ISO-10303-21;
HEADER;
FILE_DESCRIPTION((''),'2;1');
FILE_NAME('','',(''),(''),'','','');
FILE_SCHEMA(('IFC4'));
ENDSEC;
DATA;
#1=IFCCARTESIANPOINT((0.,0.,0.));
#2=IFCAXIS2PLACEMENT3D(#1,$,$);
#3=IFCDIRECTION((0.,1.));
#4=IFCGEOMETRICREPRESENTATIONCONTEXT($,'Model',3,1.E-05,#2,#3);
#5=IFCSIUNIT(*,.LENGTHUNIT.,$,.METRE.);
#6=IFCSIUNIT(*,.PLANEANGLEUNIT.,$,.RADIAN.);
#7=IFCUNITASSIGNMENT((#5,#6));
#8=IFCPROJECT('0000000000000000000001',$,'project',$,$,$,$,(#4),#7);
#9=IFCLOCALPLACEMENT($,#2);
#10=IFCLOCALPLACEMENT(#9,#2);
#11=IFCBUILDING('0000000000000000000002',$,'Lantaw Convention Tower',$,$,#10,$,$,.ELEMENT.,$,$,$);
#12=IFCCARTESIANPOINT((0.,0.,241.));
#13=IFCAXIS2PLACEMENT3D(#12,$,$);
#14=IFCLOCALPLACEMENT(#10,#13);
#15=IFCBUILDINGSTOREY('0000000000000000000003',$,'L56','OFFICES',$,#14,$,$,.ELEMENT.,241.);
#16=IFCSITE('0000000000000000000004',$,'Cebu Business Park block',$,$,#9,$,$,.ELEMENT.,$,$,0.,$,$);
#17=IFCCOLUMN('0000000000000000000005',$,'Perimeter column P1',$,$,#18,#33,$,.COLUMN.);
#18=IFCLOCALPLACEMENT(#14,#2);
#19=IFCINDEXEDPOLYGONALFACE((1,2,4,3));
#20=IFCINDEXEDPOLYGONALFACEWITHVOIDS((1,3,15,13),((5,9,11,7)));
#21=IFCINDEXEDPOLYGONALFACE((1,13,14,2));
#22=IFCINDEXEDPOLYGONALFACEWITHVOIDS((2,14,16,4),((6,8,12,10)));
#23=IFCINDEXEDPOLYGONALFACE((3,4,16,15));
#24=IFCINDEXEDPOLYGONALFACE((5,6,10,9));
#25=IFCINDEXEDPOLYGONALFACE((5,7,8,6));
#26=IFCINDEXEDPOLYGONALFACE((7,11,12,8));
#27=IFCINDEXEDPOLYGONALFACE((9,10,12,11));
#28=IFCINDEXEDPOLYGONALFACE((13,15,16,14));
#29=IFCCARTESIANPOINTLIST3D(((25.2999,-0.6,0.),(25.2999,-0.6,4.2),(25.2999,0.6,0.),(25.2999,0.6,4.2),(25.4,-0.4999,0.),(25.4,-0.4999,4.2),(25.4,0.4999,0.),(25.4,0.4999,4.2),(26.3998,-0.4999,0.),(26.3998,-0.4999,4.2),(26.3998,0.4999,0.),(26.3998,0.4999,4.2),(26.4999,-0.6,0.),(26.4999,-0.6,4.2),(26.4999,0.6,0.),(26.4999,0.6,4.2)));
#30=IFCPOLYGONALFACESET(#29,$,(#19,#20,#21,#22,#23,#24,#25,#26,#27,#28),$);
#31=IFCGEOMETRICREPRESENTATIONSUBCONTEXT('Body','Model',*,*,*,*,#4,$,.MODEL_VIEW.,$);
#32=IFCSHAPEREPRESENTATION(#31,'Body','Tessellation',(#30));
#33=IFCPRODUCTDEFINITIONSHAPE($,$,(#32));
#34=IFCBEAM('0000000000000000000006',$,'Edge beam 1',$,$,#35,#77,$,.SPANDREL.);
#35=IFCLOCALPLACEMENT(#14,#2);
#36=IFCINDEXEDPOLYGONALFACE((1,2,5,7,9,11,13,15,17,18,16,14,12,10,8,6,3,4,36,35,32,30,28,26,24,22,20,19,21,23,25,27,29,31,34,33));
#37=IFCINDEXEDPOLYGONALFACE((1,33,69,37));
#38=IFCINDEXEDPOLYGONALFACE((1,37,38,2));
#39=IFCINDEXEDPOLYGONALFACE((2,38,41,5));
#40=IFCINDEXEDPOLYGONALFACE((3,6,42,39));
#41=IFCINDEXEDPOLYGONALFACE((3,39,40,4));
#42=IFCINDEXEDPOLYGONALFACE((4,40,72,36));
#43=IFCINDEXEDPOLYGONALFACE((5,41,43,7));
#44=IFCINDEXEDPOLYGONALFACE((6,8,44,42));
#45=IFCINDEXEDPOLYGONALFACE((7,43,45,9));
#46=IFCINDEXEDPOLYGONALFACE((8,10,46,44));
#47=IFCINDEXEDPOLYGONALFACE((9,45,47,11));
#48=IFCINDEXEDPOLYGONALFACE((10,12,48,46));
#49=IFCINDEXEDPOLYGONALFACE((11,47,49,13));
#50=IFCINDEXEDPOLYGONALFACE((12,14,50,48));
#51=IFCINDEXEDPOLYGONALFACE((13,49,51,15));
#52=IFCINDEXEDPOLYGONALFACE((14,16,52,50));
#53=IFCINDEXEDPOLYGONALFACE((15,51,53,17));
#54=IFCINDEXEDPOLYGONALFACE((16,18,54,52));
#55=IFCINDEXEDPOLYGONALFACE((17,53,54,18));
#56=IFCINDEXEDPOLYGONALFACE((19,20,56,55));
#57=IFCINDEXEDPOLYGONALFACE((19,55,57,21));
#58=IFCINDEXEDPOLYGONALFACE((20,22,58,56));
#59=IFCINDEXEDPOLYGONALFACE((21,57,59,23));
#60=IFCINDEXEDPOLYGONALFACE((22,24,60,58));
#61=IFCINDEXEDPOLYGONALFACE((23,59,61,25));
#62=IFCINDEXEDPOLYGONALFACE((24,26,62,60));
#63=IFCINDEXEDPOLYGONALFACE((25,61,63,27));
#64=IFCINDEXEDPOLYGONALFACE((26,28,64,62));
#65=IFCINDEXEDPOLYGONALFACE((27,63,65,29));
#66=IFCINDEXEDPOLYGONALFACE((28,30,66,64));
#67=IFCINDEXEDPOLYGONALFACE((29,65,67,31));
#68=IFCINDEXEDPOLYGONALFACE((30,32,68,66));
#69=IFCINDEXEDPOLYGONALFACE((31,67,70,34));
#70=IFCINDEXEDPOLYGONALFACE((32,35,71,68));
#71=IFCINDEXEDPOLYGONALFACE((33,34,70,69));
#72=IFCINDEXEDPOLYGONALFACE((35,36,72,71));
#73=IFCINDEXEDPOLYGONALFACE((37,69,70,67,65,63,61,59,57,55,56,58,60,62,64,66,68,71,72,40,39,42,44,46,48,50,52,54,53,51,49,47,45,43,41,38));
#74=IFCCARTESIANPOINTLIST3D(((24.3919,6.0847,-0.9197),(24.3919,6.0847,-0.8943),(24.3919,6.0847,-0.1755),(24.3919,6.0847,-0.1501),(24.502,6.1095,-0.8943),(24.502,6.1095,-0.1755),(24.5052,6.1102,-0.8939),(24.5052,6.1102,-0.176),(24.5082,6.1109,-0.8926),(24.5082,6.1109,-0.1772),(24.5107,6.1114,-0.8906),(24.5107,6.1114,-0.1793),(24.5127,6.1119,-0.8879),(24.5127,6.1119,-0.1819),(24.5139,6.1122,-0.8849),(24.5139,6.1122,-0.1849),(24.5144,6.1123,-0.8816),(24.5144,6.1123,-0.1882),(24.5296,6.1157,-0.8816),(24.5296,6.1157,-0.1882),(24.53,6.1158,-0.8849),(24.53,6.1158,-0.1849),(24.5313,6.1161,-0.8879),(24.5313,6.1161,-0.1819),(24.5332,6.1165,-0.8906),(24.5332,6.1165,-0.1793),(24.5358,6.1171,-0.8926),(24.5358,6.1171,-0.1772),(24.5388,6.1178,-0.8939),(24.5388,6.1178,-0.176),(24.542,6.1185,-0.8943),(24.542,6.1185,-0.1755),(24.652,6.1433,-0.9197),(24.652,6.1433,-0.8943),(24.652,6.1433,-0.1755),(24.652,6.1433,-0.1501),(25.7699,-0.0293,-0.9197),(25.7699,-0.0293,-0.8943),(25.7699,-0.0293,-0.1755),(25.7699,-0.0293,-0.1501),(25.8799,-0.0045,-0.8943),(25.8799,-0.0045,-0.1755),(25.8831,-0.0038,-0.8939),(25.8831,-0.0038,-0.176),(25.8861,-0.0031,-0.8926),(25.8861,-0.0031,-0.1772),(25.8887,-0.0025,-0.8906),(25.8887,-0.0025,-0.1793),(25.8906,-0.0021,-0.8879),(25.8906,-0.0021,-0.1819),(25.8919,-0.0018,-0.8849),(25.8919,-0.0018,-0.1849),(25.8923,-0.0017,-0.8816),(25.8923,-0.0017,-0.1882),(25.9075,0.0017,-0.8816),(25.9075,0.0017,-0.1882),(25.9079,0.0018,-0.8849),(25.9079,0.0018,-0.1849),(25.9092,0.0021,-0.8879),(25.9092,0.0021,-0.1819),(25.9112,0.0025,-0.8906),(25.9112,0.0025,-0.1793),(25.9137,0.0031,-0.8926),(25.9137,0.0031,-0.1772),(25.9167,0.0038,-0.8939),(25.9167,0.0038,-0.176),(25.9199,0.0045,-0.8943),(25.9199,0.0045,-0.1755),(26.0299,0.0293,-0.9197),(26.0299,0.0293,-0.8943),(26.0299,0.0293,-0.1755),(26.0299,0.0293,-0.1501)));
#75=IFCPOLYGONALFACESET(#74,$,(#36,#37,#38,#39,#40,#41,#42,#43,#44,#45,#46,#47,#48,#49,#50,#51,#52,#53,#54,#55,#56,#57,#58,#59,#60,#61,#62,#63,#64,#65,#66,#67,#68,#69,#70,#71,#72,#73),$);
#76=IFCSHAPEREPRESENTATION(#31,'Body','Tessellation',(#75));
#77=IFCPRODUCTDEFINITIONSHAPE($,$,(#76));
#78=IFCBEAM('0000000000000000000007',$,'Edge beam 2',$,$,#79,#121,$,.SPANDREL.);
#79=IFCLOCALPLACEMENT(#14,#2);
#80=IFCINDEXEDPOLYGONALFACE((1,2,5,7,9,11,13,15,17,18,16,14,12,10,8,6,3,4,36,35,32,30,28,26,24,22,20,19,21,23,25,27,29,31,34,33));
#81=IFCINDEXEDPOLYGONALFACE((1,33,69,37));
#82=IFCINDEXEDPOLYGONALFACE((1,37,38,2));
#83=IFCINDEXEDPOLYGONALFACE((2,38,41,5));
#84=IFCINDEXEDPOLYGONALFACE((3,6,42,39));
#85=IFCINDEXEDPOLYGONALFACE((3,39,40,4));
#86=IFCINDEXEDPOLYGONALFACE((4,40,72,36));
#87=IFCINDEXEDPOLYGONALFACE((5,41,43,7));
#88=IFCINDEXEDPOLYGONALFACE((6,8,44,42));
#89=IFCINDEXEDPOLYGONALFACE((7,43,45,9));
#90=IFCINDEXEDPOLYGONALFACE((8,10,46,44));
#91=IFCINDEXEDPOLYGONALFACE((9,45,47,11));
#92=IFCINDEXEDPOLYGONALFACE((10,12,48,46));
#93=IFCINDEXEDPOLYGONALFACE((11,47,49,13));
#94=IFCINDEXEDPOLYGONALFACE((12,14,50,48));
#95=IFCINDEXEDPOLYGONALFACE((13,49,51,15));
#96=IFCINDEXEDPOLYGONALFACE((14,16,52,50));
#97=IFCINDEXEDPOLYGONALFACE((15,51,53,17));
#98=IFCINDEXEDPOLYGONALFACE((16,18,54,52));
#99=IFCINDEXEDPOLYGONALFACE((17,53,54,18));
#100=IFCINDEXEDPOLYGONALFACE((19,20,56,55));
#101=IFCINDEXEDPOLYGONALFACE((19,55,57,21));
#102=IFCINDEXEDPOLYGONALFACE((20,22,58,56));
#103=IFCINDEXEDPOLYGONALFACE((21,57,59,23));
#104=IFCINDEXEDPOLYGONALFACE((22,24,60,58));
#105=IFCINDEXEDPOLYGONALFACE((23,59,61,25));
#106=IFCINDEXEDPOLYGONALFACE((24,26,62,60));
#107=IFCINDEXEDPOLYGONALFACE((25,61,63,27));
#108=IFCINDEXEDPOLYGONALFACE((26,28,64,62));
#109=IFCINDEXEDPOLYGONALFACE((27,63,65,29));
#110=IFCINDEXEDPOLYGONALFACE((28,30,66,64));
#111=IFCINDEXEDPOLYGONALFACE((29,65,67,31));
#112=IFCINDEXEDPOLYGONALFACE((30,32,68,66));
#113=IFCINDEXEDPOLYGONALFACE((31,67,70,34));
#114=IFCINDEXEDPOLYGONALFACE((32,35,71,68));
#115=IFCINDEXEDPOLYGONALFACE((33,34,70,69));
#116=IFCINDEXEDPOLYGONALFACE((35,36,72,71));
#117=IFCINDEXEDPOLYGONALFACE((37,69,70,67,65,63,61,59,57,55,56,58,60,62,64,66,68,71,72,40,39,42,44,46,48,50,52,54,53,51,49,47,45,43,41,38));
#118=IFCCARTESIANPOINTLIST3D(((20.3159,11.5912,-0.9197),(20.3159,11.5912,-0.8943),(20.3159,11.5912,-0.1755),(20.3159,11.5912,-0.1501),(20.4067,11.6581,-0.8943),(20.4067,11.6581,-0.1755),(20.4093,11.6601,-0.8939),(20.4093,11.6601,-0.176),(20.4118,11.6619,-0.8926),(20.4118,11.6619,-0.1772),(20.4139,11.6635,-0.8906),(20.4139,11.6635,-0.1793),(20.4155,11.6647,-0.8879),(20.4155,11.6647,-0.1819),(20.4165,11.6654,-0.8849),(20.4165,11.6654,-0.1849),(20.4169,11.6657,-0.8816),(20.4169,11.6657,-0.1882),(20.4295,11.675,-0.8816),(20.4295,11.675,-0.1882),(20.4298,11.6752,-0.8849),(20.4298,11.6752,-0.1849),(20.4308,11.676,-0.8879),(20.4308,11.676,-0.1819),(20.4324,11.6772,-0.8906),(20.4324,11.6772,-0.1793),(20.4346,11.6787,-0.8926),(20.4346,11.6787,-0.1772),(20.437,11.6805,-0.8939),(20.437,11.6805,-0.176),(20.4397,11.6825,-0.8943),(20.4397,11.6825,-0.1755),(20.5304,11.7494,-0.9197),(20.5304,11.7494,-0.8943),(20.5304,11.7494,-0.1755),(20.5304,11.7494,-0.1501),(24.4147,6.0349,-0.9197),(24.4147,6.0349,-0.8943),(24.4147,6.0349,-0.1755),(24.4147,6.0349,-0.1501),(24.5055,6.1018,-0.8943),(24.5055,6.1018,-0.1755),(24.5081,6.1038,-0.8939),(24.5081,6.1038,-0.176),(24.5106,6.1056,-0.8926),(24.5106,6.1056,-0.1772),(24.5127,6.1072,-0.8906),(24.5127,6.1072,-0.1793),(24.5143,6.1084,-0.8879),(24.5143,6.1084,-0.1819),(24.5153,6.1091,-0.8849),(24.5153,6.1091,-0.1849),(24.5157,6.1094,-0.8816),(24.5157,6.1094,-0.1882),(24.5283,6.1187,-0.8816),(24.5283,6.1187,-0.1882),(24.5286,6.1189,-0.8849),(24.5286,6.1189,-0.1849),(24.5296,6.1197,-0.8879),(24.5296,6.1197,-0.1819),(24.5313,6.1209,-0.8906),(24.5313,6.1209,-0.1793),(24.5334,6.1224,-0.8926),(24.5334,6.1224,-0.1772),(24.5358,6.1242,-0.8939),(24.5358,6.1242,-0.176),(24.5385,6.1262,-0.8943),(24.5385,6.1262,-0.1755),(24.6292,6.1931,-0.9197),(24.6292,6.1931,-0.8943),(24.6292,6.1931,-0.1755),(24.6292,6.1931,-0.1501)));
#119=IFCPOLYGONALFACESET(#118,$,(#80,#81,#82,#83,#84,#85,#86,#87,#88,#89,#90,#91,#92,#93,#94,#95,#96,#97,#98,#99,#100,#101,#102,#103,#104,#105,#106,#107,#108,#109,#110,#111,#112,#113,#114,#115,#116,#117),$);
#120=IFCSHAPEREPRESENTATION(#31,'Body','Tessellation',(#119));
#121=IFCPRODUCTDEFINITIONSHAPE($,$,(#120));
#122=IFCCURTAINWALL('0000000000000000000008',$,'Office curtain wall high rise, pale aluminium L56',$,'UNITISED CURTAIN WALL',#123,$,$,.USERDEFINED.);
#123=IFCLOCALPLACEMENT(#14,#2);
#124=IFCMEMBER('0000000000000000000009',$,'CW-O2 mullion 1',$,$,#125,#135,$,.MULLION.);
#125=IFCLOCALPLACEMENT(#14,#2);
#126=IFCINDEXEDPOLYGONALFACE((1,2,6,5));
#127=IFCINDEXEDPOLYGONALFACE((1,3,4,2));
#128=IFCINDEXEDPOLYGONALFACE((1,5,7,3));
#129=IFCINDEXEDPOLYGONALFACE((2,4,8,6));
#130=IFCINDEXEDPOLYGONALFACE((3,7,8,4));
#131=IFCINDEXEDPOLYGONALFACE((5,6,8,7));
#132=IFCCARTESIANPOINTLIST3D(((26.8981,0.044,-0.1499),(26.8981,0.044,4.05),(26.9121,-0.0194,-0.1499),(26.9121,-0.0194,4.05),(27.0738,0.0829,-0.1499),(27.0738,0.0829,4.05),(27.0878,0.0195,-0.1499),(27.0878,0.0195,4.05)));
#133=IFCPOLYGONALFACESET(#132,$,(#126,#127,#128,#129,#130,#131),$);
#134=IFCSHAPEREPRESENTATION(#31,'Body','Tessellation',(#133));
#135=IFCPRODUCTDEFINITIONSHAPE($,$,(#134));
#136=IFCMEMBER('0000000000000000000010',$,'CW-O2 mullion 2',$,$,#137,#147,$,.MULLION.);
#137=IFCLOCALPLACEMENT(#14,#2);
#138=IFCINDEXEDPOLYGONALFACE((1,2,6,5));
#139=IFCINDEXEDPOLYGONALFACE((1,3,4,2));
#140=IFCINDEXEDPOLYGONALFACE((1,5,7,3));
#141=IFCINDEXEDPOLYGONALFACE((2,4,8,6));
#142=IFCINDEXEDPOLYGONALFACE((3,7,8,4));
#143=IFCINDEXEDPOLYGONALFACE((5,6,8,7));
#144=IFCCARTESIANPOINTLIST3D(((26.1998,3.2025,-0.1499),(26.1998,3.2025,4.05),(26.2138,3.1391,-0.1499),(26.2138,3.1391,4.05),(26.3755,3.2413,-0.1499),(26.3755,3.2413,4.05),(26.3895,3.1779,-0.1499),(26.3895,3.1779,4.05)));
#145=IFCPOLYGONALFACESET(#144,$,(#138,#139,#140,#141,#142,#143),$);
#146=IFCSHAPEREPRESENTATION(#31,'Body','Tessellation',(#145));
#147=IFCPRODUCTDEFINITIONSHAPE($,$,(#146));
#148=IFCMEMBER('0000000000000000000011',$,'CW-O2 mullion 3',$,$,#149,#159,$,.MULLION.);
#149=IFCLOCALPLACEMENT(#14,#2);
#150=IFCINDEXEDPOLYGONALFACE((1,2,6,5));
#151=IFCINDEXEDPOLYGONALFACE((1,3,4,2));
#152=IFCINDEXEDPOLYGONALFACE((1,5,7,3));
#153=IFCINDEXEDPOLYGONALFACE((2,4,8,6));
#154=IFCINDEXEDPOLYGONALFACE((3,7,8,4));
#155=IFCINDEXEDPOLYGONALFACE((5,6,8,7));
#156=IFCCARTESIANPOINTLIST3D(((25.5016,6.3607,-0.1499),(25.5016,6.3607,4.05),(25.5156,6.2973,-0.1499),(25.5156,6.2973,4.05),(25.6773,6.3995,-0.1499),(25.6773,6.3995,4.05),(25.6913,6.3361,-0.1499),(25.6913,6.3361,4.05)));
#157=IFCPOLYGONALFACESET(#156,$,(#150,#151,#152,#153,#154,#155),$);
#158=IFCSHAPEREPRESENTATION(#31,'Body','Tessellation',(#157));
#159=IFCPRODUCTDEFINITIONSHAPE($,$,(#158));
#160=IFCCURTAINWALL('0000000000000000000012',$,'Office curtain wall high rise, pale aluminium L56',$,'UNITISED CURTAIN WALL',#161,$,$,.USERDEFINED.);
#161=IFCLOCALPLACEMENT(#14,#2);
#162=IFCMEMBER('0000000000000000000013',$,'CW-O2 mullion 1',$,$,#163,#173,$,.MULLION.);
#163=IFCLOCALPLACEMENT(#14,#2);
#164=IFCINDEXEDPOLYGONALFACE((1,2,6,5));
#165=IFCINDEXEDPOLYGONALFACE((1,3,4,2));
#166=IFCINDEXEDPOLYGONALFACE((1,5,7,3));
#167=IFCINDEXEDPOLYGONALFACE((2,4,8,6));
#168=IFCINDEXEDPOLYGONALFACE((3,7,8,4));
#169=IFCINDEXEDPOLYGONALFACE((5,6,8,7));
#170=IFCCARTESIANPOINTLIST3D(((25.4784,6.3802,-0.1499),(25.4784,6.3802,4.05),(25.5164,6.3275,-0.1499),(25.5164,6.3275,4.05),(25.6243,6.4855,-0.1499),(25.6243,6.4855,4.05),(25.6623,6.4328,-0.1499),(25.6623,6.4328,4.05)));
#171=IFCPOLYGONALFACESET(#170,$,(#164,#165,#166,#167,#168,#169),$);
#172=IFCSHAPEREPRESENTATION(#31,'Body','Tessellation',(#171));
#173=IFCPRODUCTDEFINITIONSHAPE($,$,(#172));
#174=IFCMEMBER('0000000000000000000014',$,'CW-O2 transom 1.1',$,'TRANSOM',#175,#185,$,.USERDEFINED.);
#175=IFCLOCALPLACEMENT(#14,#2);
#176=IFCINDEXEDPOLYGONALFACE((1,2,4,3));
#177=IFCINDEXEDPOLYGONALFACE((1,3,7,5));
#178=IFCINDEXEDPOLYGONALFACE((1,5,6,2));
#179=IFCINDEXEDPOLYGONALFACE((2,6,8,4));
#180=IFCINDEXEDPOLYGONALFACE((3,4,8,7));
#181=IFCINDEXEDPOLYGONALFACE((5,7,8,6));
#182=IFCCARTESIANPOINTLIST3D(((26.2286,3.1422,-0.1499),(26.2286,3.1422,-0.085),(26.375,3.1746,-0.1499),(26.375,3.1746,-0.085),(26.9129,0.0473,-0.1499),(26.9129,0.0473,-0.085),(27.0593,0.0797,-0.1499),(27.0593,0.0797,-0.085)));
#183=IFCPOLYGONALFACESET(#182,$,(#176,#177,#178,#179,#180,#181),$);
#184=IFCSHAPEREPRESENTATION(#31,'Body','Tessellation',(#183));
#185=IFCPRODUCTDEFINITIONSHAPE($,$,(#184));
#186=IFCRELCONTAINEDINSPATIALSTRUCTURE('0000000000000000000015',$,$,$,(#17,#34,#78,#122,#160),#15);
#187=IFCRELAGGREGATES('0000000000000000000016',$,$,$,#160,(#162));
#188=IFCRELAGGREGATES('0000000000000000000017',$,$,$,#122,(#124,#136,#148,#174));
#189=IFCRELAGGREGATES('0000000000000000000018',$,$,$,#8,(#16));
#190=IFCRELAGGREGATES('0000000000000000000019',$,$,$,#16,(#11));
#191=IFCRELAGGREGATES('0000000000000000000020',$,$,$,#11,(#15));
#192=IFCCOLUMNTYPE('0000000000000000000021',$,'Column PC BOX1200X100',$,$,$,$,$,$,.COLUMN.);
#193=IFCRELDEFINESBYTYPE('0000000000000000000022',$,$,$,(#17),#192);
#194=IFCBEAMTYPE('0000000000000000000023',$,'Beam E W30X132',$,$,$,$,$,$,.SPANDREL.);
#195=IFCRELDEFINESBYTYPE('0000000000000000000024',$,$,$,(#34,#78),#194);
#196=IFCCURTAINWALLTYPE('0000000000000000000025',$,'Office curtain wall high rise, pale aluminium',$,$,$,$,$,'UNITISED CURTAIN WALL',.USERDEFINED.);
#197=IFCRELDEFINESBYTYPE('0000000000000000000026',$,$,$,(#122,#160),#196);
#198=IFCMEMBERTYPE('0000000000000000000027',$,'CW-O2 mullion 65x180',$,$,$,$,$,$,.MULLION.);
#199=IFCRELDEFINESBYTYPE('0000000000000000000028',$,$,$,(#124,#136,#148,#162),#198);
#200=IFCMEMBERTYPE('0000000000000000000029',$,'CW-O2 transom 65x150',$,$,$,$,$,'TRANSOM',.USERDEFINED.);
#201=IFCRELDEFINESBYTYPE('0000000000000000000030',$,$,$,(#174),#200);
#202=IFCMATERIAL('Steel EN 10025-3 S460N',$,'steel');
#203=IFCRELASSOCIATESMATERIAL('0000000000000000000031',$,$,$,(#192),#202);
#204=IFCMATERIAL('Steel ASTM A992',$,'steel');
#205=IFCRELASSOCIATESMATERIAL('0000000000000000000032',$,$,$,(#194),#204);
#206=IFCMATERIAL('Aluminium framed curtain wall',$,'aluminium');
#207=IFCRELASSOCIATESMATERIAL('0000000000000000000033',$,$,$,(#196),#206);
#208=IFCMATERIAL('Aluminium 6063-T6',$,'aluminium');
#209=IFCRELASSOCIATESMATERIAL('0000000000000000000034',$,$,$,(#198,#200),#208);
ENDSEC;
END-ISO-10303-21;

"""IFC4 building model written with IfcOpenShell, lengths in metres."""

from ifc_helpers import new_model, si_unit, direction, frame, origin, origin_2d, place, context, subcontext, project, spatial, rectangle, hollow_rectangle, i_section, extrude, material, material_profile, profile_set, type_object, element, aggregate, save


model = new_model("IFC4")

# Units and contexts
model_context = context("Model", 3, precision=1e-05, world=origin(), true_north=direction((0.0, 1.0)))
body_context = subcontext(model_context, "Body", "Model", "MODEL_VIEW")
ifc_project = project(units=[si_unit("LENGTHUNIT", "METRE"), si_unit("PLANEANGLEUNIT", "RADIAN")], contexts=[model_context])

# Site, building, storey
site_placement = place(None, origin())
site = spatial("IfcSite", under=ifc_project, at=site_placement, Name="Cebu Business Park block", CompositionType="ELEMENT", RefElevation=0.0)
building_placement = place(site_placement, origin())
building = spatial("IfcBuilding", under=site, at=building_placement, Name="Lantaw Convention Tower", CompositionType="ELEMENT")
storey_placement = place(building_placement, frame((0.0, 0.0, 241.0)))
storey = spatial("IfcBuildingStorey", under=building, at=storey_placement, Name="L56", Description="OFFICES", CompositionType="ELEMENT", Elevation=241.0)

# Column
ifc_material_1 = material(Name="Steel EN 10025-3 S460N", Category="steel")
ifc_material_profile_1 = material_profile(ifc_material_1, hollow_rectangle(XDim=1.2, YDim=1.2, WallThickness=0.1001, at=origin_2d()), Name="BOX1200X100")
ifc_material_2 = material(Name="Concrete C60/75", Category="concrete")
ifc_material_profile_2 = material_profile(ifc_material_2, rectangle(XDim=1.0, YDim=1.0, at=origin_2d()), Name="Concrete fill of BOX1200X100")
ifc_profile_set_1 = profile_set([ifc_material_profile_1, ifc_material_profile_2], Name="Steel EN 10025-3 S460N")
column_type = type_object("IfcColumnType", Name="Column PC BOX1200X100", PredefinedType="COLUMN", material=ifc_profile_set_1)
column_placement = place(storey_placement, frame((25.8999, 0.0, 0.0), z_axis=(0.0, 0.0, 1.0), x_axis=(1.0, 0.0, 0.0)))
element("IfcColumn", 1, at=column_placement, inside=storey, type_object=column_type, Name="Perimeter column P1", PredefinedType="COLUMN", context=body_context, shape_type="SweptSolid", body=[
    extrude(hollow_rectangle(XDim=1.2, YDim=1.2, WallThickness=0.1001, at=origin_2d()), origin(), (0.0, 0.0, 1.0), 4.2),
])

# Beams
ifc_material_3 = material(Name="Steel ASTM A992", Category="steel")
ifc_material_profile_3 = material_profile(ifc_material_3, i_section(OverallWidth=0.2666, OverallDepth=0.7695, WebThickness=0.0156, FlangeThickness=0.0254, FilletRadius=0.0127, at=origin_2d()), Name="W30X132")
ifc_profile_set_2 = profile_set([ifc_material_profile_3], Name="Steel ASTM A992")
beam_type = type_object("IfcBeamType", Name="Beam E W30X132", PredefinedType="SPANDREL", material=ifc_profile_set_2)
beam_1_placement = place(storey_placement, frame((25.8999, 0.0, -0.5349), z_axis=(-0.219858, 0.975532, 0.0), x_axis=(-0.975532, -0.219858, 0.0)))
element("IfcBeam", 2, at=beam_1_placement, inside=storey, type_object=beam_type, Name="Edge beam 1", PredefinedType="SPANDREL", context=body_context, shape_type="SweptSolid", body=[
    extrude(i_section(OverallWidth=0.2666, OverallDepth=0.7695, WebThickness=0.0156, FlangeThickness=0.0254, FilletRadius=0.0127, at=origin_2d()), origin(), (0.0, 0.0, 1.0), 6.2673),
])
beam_2_placement = place(storey_placement, frame((24.522, 6.114, -0.5349), z_axis=(-0.593639, 0.804731, 0.0), x_axis=(-0.804731, -0.593639, 0.0)))
element("IfcBeam", 3, at=beam_2_placement, inside=storey, type_object=beam_type, Name="Edge beam 2", PredefinedType="SPANDREL", context=body_context, shape_type="SweptSolid", body=[
    extrude(i_section(OverallWidth=0.2666, OverallDepth=0.7695, WebThickness=0.0156, FlangeThickness=0.0254, FilletRadius=0.0127, at=origin_2d()), origin(), (0.0, 0.0, 1.0), 6.9045),
])

# Curtain wall, members
ifc_material_4 = material(Name="Aluminium framed curtain wall", Category="aluminium")
curtain_wall_type = type_object("IfcCurtainWallType", Name="Office curtain wall high rise, pale aluminium", ElementType="UNITISED CURTAIN WALL", PredefinedType="USERDEFINED", material=ifc_material_4)
curtain_wall_1_placement = place(storey_placement, origin())
curtain_wall_1 = element("IfcCurtainWall", 4, at=curtain_wall_1_placement, inside=storey, type_object=curtain_wall_type, Name="Office curtain wall high rise, pale aluminium L56", ObjectType="UNITISED CURTAIN WALL", PredefinedType="USERDEFINED")
ifc_material_5 = material(Name="Aluminium 6063-T6", Category="aluminium")
ifc_material_profile_4 = material_profile(ifc_material_5, rectangle(XDim=0.1799, YDim=0.0649, at=origin_2d()), Name="CW-O2 mullion 65x180")
ifc_profile_set_3 = profile_set([ifc_material_profile_4], Name="Aluminium 6063-T6")
member_type_1 = type_object("IfcMemberType", Name="CW-O2 mullion 65x180", PredefinedType="MULLION", material=ifc_profile_set_3)
member_1_placement = place(storey_placement, frame((26.9929, 0.0317, -0.1499), z_axis=(0.0, 0.0, 1.0), x_axis=(-0.976417, -0.215891, 0.0)))
member_1 = element("IfcMember", 5, at=member_1_placement, type_object=member_type_1, Name="CW-O2 mullion 1", PredefinedType="MULLION", context=body_context, shape_type="SweptSolid", body=[
    extrude(rectangle(XDim=0.1799, YDim=0.0649, at=origin_2d()), origin(), (0.0, 0.0, 1.0), 4.2),
])
member_2_placement = place(storey_placement, frame((26.2947, 3.1902, -0.1499), z_axis=(0.0, 0.0, 1.0), x_axis=(-0.976417, -0.215891, 0.0)))
member_2 = element("IfcMember", 6, at=member_2_placement, type_object=member_type_1, Name="CW-O2 mullion 2", PredefinedType="MULLION", context=body_context, shape_type="SweptSolid", body=[
    extrude(rectangle(XDim=0.1799, YDim=0.0649, at=origin_2d()), origin(), (0.0, 0.0, 1.0), 4.2),
])
member_3_placement = place(storey_placement, frame((25.5964, 6.3484, -0.1499), z_axis=(0.0, 0.0, 1.0), x_axis=(-0.976417, -0.215891, 0.0)))
member_3 = element("IfcMember", 7, at=member_3_placement, type_object=member_type_1, Name="CW-O2 mullion 3", PredefinedType="MULLION", context=body_context, shape_type="SweptSolid", body=[
    extrude(rectangle(XDim=0.1799, YDim=0.0649, at=origin_2d()), origin(), (0.0, 0.0, 1.0), 4.2),
])

# Curtain wall, member
curtain_wall_2_placement = place(storey_placement, origin())
curtain_wall_2 = element("IfcCurtainWall", 8, at=curtain_wall_2_placement, inside=storey, type_object=curtain_wall_type, Name="Office curtain wall high rise, pale aluminium L56", ObjectType="UNITISED CURTAIN WALL", PredefinedType="USERDEFINED")
member_4_placement = place(storey_placement, frame((25.5703, 6.4065, -0.1499), z_axis=(0.0, 0.0, 1.0), x_axis=(-0.81092, -0.585158, 0.0)))
member_4 = element("IfcMember", 9, at=member_4_placement, type_object=member_type_1, Name="CW-O2 mullion 1", PredefinedType="MULLION", context=body_context, shape_type="SweptSolid", body=[
    extrude(rectangle(XDim=0.1799, YDim=0.0649, at=origin_2d()), origin(), (0.0, 0.0, 1.0), 4.2),
])

# Member
ifc_material_profile_5 = material_profile(ifc_material_5, rectangle(XDim=0.1499, YDim=0.0649, at=origin_2d()), Name="CW-O2 transom 65x150")
ifc_profile_set_4 = profile_set([ifc_material_profile_5], Name="Aluminium 6063-T6")
member_type_2 = type_object("IfcMemberType", Name="CW-O2 transom 65x150", ElementType="TRANSOM", PredefinedType="USERDEFINED", material=ifc_profile_set_4)
member_5_placement = place(storey_placement, frame((26.9861, 0.0635, -0.1174), z_axis=(-0.215895, 0.976417, 0.0), x_axis=(-0.976417, -0.215895, 0.0)))
member_5 = element("IfcMember", 10, at=member_5_placement, type_object=member_type_2, Name="CW-O2 transom 1.1", ObjectType="TRANSOM", PredefinedType="USERDEFINED", context=body_context, shape_type="SweptSolid", body=[
    extrude(rectangle(XDim=0.1499, YDim=0.0649, at=origin_2d()), origin(), (0.0, 0.0, 1.0), 3.1697),
])
aggregate(curtain_wall_2, [member_4])

aggregate(curtain_wall_1, [member_1, member_2, member_3, member_5])

save(model, "model.ifc")
